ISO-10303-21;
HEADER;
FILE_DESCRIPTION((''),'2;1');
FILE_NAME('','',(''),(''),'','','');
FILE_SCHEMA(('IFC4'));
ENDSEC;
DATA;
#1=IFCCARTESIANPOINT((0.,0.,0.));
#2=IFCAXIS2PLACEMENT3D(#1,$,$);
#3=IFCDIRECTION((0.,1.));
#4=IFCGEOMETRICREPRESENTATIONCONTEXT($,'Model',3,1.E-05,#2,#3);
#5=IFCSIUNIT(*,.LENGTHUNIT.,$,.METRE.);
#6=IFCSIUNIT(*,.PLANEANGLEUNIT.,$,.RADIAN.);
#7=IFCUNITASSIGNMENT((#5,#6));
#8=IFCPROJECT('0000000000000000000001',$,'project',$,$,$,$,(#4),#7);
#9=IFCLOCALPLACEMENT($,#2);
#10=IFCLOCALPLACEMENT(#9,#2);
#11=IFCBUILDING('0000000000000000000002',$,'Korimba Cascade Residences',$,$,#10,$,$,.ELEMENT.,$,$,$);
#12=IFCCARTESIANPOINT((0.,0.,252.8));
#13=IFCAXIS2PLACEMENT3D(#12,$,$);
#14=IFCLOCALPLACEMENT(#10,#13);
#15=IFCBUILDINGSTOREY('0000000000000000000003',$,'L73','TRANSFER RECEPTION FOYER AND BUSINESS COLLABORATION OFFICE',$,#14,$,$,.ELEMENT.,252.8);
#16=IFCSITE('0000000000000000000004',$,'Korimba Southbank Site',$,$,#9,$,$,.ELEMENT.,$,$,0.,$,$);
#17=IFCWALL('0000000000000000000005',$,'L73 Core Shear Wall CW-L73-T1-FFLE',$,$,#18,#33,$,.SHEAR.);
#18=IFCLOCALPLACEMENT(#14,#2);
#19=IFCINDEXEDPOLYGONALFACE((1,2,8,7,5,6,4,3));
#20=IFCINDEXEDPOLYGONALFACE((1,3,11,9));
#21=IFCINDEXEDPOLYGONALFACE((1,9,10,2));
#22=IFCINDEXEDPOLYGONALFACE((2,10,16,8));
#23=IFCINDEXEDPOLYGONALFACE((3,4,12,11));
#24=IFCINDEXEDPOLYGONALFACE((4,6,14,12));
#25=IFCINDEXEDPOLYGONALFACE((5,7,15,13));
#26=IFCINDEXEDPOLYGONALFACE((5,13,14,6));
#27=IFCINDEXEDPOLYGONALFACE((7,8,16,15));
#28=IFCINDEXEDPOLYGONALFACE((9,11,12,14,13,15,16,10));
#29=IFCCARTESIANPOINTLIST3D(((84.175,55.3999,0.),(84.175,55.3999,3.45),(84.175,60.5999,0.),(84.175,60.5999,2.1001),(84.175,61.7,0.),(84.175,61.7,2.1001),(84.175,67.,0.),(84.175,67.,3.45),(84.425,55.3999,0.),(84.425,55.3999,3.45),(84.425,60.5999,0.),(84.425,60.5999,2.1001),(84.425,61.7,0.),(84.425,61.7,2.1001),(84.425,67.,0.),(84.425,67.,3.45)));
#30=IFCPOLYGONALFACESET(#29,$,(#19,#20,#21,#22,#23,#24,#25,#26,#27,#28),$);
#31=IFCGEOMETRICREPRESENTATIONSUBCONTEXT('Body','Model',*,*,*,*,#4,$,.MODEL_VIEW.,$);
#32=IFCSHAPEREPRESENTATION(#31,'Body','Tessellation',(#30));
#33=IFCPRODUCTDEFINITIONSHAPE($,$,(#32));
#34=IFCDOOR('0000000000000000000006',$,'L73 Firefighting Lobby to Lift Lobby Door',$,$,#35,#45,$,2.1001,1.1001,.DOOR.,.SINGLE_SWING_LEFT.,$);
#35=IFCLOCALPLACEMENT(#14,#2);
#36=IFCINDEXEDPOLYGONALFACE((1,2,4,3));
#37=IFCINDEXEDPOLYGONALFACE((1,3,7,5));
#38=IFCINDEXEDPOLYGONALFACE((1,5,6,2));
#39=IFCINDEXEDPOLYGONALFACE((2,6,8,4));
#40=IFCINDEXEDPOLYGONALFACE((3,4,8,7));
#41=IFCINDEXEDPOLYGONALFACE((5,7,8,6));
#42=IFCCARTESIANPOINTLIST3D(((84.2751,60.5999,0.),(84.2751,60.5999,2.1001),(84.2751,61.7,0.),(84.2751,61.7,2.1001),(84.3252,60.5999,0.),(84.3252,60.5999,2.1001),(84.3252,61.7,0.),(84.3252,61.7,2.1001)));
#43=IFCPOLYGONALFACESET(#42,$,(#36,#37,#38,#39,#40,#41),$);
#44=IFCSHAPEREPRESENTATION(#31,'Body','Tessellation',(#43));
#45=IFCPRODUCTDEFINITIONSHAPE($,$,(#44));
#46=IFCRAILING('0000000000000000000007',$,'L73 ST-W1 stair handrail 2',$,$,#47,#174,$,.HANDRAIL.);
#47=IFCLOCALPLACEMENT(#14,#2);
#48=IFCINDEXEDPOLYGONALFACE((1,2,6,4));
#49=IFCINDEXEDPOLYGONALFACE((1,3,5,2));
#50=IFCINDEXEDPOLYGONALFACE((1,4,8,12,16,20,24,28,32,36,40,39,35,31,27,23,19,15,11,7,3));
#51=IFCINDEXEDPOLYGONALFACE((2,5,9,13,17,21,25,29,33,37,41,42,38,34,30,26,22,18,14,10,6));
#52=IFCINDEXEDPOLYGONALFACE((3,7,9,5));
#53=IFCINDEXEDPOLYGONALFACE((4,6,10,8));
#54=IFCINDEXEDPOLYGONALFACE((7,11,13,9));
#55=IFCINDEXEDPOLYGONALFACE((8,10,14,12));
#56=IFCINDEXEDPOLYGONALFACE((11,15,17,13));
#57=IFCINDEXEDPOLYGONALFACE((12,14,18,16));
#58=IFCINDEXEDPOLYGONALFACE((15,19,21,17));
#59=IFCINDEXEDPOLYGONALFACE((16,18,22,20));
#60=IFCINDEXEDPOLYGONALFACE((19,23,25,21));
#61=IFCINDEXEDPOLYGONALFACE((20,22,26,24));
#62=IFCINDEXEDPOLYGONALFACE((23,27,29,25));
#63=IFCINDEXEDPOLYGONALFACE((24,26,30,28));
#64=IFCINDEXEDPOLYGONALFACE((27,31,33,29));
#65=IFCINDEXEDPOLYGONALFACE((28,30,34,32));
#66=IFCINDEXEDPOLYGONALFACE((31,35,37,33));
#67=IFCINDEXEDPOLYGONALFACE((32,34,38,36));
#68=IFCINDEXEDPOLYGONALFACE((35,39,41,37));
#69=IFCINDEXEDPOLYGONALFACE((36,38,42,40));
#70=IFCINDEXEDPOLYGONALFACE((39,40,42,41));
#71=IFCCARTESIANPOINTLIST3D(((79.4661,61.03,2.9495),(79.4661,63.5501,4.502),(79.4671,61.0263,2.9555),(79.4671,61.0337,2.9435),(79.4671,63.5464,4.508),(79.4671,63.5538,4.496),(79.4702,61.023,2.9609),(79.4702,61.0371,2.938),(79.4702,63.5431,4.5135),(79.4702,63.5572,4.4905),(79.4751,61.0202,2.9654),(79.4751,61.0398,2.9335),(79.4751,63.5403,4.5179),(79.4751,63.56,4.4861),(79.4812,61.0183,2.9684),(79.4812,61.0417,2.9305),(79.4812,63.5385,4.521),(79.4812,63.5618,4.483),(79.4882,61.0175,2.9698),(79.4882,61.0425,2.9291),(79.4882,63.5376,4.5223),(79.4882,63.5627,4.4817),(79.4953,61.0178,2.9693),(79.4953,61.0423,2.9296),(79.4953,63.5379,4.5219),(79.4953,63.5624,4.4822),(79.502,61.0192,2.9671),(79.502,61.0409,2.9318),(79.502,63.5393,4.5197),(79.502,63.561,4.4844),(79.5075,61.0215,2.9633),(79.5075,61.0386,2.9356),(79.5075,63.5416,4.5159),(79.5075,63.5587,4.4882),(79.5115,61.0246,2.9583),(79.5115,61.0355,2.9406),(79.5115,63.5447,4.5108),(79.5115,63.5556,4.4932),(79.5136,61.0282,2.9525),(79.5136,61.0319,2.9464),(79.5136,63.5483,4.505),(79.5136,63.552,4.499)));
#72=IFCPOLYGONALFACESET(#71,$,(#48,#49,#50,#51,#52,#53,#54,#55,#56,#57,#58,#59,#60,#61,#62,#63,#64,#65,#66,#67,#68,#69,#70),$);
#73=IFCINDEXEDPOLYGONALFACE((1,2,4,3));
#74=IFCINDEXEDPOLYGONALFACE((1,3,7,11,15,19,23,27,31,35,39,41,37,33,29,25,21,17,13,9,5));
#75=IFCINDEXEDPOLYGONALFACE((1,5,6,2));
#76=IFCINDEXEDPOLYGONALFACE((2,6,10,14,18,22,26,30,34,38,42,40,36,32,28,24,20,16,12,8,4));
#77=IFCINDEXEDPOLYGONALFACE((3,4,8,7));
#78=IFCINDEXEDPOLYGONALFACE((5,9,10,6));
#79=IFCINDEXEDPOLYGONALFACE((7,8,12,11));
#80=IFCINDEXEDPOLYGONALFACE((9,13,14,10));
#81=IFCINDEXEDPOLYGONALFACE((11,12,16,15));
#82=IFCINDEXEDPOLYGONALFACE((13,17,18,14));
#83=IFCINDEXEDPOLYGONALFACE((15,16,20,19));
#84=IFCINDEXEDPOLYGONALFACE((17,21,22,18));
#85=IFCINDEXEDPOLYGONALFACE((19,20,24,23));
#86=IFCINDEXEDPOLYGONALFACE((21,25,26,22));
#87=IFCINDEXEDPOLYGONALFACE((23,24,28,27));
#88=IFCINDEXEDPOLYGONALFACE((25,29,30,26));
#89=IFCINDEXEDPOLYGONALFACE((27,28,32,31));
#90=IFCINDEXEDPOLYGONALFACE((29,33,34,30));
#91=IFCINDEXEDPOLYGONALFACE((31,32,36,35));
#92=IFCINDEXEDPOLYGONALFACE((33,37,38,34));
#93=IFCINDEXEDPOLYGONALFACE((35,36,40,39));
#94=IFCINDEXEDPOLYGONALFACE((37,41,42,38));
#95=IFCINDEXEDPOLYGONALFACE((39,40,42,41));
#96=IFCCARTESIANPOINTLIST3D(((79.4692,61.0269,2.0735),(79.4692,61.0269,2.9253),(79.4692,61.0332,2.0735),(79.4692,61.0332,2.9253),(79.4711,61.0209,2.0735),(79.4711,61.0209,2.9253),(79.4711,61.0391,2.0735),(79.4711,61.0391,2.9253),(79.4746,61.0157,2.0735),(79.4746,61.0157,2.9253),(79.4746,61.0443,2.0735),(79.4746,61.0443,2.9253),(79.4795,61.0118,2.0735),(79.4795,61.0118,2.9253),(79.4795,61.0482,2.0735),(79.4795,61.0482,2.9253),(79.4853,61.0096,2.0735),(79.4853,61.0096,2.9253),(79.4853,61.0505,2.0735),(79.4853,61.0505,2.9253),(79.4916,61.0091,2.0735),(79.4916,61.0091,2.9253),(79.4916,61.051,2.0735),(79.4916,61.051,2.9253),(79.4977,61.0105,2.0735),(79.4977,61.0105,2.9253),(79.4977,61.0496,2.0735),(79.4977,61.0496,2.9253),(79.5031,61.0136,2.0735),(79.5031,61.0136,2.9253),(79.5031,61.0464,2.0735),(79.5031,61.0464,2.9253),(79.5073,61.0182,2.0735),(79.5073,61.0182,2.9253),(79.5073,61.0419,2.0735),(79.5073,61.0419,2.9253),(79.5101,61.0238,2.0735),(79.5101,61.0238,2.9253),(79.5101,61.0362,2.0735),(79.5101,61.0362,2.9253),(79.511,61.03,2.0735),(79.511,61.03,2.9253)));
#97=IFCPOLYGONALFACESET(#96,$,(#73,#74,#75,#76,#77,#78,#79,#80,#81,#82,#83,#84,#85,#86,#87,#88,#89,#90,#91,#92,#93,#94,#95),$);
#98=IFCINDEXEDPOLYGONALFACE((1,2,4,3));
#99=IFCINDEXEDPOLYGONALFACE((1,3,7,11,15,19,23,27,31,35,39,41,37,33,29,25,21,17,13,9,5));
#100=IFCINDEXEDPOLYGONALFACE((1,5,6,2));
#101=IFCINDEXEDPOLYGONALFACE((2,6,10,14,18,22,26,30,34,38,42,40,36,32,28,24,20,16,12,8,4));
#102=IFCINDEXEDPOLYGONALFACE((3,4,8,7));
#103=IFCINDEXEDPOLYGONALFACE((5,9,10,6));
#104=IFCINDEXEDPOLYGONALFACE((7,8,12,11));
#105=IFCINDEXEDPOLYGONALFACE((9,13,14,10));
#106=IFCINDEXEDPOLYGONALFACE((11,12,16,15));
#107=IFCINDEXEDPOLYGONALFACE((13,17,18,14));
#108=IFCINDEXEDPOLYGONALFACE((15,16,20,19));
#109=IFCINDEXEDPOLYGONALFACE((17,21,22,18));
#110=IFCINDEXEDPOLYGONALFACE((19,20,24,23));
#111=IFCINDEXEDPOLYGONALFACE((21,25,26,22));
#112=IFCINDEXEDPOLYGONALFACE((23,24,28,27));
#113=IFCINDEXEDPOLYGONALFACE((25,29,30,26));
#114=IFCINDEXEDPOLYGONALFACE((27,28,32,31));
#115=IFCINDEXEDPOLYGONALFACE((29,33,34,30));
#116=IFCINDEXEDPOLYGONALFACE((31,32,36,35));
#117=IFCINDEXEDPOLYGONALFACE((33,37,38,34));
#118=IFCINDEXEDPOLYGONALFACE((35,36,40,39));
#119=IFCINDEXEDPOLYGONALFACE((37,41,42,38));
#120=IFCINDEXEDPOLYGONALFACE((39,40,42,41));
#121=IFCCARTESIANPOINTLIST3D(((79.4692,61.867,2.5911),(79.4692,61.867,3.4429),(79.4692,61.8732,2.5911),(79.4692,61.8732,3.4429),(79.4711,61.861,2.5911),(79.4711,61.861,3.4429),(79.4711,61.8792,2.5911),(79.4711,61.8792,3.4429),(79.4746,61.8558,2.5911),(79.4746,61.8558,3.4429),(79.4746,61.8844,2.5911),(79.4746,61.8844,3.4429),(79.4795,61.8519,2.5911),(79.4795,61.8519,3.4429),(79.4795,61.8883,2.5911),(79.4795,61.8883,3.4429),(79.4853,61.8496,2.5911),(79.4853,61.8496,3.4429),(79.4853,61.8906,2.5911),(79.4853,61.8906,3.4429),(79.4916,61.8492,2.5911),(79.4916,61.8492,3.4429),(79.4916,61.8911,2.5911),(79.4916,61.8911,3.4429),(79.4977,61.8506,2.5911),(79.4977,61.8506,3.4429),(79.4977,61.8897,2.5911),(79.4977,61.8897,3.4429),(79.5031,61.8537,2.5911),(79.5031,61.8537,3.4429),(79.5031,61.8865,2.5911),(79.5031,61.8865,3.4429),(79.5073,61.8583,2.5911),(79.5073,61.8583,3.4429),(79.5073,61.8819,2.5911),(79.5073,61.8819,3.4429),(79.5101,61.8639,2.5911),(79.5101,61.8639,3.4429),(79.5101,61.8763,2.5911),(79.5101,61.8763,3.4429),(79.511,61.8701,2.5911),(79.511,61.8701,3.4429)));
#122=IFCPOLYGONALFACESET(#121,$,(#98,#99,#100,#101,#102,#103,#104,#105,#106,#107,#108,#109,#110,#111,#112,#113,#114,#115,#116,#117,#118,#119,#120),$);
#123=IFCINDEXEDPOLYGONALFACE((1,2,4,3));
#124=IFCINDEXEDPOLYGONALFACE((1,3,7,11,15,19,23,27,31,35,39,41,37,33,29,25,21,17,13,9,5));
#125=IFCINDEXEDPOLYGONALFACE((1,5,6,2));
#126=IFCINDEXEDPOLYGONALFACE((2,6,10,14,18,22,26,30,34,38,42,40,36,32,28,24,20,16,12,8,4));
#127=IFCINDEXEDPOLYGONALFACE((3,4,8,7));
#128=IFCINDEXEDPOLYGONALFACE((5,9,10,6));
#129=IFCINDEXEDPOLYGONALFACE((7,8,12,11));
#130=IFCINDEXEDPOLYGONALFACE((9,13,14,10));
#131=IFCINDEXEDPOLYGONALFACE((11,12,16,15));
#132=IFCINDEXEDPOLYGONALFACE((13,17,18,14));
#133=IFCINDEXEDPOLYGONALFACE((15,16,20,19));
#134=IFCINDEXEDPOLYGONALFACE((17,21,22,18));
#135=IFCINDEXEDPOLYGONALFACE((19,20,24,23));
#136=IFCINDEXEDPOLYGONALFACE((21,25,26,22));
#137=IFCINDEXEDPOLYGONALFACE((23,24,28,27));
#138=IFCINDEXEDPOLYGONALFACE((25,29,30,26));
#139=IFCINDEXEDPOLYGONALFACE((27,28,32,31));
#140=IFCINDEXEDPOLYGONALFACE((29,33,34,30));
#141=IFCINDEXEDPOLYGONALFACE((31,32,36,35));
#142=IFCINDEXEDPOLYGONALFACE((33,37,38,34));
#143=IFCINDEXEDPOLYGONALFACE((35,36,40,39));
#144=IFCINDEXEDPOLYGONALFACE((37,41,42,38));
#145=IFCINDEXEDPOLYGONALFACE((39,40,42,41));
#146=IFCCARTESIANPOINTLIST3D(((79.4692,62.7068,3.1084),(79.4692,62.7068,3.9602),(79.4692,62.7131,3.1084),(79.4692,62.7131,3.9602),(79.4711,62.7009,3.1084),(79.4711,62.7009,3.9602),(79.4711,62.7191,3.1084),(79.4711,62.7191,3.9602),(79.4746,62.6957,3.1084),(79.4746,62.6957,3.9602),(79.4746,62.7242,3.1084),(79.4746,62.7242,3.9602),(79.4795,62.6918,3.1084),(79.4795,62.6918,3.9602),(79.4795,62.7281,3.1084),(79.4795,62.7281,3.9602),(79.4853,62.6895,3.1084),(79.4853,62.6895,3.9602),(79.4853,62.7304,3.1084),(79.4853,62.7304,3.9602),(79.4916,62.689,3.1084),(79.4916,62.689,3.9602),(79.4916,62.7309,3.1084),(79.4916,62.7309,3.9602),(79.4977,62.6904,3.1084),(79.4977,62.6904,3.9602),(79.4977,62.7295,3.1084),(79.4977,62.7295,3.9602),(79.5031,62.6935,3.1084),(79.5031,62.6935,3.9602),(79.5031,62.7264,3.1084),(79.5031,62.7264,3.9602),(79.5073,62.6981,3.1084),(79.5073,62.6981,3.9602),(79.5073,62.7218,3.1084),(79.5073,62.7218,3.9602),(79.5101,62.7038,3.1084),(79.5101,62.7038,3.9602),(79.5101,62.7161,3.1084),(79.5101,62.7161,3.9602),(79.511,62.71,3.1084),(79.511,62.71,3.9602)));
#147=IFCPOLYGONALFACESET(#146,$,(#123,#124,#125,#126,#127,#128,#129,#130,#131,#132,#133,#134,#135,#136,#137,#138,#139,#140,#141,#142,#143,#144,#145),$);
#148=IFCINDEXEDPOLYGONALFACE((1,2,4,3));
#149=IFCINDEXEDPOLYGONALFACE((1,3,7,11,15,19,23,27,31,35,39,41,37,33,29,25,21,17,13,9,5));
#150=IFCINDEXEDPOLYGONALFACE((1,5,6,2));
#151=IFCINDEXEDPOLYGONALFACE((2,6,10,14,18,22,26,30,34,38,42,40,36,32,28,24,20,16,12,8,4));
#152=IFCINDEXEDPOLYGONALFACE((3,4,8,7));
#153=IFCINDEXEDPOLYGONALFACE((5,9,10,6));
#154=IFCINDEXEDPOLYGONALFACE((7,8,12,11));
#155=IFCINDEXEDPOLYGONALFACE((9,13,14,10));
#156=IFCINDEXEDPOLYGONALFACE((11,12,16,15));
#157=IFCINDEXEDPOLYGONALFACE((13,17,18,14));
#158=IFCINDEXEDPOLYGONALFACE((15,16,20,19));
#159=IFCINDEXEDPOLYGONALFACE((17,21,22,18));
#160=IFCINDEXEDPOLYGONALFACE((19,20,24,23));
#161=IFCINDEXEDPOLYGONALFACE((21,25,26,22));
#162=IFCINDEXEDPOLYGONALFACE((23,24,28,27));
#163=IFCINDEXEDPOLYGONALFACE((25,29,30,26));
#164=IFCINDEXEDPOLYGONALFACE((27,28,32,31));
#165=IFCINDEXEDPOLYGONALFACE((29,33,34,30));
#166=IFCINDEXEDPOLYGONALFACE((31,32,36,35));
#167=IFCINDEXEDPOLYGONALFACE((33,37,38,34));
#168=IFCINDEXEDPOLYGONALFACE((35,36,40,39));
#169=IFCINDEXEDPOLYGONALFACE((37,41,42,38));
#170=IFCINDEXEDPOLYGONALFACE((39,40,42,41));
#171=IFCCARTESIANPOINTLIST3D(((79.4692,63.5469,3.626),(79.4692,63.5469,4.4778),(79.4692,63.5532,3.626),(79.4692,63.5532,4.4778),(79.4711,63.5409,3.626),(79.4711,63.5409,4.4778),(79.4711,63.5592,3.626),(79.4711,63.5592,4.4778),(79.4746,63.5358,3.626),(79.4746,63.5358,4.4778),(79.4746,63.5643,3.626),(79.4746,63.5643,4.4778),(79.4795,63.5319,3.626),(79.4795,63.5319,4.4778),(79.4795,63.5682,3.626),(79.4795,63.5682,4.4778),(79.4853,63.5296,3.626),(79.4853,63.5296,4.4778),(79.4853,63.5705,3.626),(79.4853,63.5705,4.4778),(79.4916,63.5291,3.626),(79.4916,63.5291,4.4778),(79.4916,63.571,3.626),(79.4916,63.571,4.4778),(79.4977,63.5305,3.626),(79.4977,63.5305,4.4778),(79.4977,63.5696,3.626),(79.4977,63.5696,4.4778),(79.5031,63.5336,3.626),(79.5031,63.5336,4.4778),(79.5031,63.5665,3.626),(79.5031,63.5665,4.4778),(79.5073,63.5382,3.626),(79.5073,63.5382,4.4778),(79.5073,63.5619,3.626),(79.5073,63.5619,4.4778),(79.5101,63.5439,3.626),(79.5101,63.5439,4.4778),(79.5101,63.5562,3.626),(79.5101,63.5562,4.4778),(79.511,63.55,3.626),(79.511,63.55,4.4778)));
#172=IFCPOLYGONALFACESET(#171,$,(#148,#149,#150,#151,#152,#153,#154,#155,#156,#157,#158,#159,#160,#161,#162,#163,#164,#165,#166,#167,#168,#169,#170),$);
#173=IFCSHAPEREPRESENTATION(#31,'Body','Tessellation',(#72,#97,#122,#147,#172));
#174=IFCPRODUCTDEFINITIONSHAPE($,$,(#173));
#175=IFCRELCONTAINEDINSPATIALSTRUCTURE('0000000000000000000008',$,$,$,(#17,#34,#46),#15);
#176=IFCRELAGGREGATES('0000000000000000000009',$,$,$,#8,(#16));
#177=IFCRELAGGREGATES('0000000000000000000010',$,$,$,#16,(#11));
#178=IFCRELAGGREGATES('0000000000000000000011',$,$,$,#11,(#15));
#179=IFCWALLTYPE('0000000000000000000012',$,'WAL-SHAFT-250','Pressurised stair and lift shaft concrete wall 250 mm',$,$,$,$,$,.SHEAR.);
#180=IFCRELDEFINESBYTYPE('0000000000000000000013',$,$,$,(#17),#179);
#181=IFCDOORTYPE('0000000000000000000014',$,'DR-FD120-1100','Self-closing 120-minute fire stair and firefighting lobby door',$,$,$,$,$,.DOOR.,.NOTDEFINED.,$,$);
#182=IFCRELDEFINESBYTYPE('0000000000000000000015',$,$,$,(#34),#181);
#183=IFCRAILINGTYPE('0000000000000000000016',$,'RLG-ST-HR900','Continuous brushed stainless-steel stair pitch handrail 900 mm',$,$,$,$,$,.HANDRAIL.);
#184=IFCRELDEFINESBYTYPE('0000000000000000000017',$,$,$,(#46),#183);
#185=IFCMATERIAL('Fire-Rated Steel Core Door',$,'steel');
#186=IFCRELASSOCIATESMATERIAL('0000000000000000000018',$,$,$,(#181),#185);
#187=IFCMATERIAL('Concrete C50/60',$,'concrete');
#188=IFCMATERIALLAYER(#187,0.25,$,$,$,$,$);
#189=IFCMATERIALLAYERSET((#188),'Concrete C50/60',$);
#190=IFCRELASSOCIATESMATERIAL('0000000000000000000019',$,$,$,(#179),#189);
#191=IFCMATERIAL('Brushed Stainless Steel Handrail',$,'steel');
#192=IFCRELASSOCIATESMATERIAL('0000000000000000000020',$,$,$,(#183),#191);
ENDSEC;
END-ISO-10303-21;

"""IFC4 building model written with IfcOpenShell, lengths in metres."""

from ifc_helpers import new_model, si_unit, direction, frame, frame_2d, origin, origin_2d, place, context, subcontext, project, spatial, rectangle, circle, extrude, material, layer, layer_set, type_object, element, fill, save


model = new_model("IFC4")

# Units and contexts
model_context = context("Model", 3, precision=1e-05, world=origin(), true_north=direction((0.0, 1.0)))
body_context = subcontext(model_context, "Body", "Model", "MODEL_VIEW")
ifc_project = project(units=[si_unit("LENGTHUNIT", "METRE"), si_unit("PLANEANGLEUNIT", "RADIAN")], contexts=[model_context])

# Site, building, storey
site_placement = place(None, origin())
site = spatial("IfcSite", under=ifc_project, at=site_placement, Name="Korimba Southbank Site", CompositionType="ELEMENT", RefElevation=0.0)
building_placement = place(site_placement, origin())
building = spatial("IfcBuilding", under=site, at=building_placement, Name="Korimba Cascade Residences", CompositionType="ELEMENT")
storey_placement = place(building_placement, frame((0.0, 0.0, 252.8)))
storey = spatial("IfcBuildingStorey", under=building, at=storey_placement, Name="L73", Description="TRANSFER RECEPTION FOYER AND BUSINESS COLLABORATION OFFICE", CompositionType="ELEMENT", Elevation=252.8)

# Shared definitions
ifc_material_1 = material(Name="Fire-Rated Steel Core Door", Category="steel")
door_type_1 = type_object("IfcDoorType", Name="DR-FD120-1100", Description="Self-closing 120-minute fire stair and firefighting lobby door", OperationType="NOTDEFINED", PredefinedType="DOOR", material=ifc_material_1)

# Shared definitions
ifc_material_2 = material(Name="Concrete C50/60", Category="concrete")
ifc_layer_1 = layer(ifc_material_2, 0.25)
ifc_layer_set_1 = layer_set([ifc_layer_1], Name="Concrete C50/60")
wall_type_1 = type_object("IfcWallType", Name="WAL-SHAFT-250", Description="Pressurised stair and lift shaft concrete wall 250 mm", PredefinedType="SHEAR", material=ifc_layer_set_1)

# Wall, opening, door
wall_1_placement = place(storey_placement, frame((84.3, 55.3999, 0.0), z_axis=(0.0, 0.0, 1.0), x_axis=(0.0, 1.0, 0.0)))
wall_1 = element("IfcWall", 1, at=wall_1_placement, inside=storey, type_object=wall_type_1, Name="L73 Core Shear Wall CW-L73-T1-FFLE", PredefinedType="SHEAR", context=body_context, shape_type="SweptSolid", body=[
    extrude(rectangle(XDim=11.6001, YDim=0.25, at=frame_2d((5.8, 0.0))), origin(), (0.0, 0.0, 1.0), 3.45),
])
opening_1_placement = place(wall_1_placement, frame((5.2, 0.0, 0.0)))
opening_1 = element("IfcOpeningElement", 2, at=opening_1_placement, cuts=wall_1, PredefinedType="OPENING", context=body_context, shape_type="SweptSolid", body=[
    extrude(rectangle(XDim=1.1001, YDim=2.1001, at=frame_2d((0.55, 1.05))), frame((0.0, 0.135, 0.0), z_axis=(0.0, -1.0, 0.0), x_axis=(1.0, 0.0, 0.0)), (0.0, 0.0, 1.0), 0.27),
])
door_1_placement = place(opening_1_placement, origin())
door_1 = element("IfcDoor", 3, at=door_1_placement, inside=storey, type_object=door_type_1, Name="L73 Firefighting Lobby to Lift Lobby Door", OperationType="SINGLE_SWING_LEFT", OverallHeight=2.1001, OverallWidth=1.1001, PredefinedType="DOOR", context=body_context, shape_type="SweptSolid", body=[
    extrude(rectangle(XDim=1.1001, YDim=2.1001, at=frame_2d((0.55, 1.05))), frame((0.0, 0.0249, 0.0), z_axis=(0.0, -1.0, 0.0), x_axis=(1.0, 0.0, 0.0)), (0.0, 0.0, 1.0), 0.05),
])
fill(opening_1, door_1)

# Railing
ifc_material_3 = material(Name="Brushed Stainless Steel Handrail", Category="steel")
railing_type = type_object("IfcRailingType", Name="RLG-ST-HR900", Description="Continuous brushed stainless-steel stair pitch handrail 900 mm", PredefinedType="HANDRAIL", material=ifc_material_3)
railing_placement = place(storey_placement, frame((79.49, 61.03, 2.0735)))
element("IfcRailing", 4, at=railing_placement, inside=storey, type_object=railing_type, Name="L73 ST-W1 stair handrail 2", PredefinedType="HANDRAIL", context=body_context, shape_type="SweptSolid", body=[
    extrude(circle(Radius=0.0239, at=origin_2d()), frame((0.0, 0.0, 0.876), z_axis=(0.0, 0.8514, 0.524516), x_axis=(-1.0, 0.0, 0.0)), (0.0, 0.0, 1.0), 2.96),
    extrude(circle(Radius=0.021, at=origin_2d()), origin(), (0.0, 0.0, 1.0), 0.8518),
    extrude(circle(Radius=0.021, at=origin_2d()), frame((0.0, 0.8401, 0.5176)), (0.0, 0.0, 1.0), 0.8518),
    extrude(circle(Radius=0.021, at=origin_2d()), frame((0.0, 1.6799, 1.0349)), (0.0, 0.0, 1.0), 0.8518),
    extrude(circle(Radius=0.021, at=origin_2d()), frame((0.0, 2.52, 1.5525)), (0.0, 0.0, 1.0), 0.8518),
])

save(model, "model.ifc")
